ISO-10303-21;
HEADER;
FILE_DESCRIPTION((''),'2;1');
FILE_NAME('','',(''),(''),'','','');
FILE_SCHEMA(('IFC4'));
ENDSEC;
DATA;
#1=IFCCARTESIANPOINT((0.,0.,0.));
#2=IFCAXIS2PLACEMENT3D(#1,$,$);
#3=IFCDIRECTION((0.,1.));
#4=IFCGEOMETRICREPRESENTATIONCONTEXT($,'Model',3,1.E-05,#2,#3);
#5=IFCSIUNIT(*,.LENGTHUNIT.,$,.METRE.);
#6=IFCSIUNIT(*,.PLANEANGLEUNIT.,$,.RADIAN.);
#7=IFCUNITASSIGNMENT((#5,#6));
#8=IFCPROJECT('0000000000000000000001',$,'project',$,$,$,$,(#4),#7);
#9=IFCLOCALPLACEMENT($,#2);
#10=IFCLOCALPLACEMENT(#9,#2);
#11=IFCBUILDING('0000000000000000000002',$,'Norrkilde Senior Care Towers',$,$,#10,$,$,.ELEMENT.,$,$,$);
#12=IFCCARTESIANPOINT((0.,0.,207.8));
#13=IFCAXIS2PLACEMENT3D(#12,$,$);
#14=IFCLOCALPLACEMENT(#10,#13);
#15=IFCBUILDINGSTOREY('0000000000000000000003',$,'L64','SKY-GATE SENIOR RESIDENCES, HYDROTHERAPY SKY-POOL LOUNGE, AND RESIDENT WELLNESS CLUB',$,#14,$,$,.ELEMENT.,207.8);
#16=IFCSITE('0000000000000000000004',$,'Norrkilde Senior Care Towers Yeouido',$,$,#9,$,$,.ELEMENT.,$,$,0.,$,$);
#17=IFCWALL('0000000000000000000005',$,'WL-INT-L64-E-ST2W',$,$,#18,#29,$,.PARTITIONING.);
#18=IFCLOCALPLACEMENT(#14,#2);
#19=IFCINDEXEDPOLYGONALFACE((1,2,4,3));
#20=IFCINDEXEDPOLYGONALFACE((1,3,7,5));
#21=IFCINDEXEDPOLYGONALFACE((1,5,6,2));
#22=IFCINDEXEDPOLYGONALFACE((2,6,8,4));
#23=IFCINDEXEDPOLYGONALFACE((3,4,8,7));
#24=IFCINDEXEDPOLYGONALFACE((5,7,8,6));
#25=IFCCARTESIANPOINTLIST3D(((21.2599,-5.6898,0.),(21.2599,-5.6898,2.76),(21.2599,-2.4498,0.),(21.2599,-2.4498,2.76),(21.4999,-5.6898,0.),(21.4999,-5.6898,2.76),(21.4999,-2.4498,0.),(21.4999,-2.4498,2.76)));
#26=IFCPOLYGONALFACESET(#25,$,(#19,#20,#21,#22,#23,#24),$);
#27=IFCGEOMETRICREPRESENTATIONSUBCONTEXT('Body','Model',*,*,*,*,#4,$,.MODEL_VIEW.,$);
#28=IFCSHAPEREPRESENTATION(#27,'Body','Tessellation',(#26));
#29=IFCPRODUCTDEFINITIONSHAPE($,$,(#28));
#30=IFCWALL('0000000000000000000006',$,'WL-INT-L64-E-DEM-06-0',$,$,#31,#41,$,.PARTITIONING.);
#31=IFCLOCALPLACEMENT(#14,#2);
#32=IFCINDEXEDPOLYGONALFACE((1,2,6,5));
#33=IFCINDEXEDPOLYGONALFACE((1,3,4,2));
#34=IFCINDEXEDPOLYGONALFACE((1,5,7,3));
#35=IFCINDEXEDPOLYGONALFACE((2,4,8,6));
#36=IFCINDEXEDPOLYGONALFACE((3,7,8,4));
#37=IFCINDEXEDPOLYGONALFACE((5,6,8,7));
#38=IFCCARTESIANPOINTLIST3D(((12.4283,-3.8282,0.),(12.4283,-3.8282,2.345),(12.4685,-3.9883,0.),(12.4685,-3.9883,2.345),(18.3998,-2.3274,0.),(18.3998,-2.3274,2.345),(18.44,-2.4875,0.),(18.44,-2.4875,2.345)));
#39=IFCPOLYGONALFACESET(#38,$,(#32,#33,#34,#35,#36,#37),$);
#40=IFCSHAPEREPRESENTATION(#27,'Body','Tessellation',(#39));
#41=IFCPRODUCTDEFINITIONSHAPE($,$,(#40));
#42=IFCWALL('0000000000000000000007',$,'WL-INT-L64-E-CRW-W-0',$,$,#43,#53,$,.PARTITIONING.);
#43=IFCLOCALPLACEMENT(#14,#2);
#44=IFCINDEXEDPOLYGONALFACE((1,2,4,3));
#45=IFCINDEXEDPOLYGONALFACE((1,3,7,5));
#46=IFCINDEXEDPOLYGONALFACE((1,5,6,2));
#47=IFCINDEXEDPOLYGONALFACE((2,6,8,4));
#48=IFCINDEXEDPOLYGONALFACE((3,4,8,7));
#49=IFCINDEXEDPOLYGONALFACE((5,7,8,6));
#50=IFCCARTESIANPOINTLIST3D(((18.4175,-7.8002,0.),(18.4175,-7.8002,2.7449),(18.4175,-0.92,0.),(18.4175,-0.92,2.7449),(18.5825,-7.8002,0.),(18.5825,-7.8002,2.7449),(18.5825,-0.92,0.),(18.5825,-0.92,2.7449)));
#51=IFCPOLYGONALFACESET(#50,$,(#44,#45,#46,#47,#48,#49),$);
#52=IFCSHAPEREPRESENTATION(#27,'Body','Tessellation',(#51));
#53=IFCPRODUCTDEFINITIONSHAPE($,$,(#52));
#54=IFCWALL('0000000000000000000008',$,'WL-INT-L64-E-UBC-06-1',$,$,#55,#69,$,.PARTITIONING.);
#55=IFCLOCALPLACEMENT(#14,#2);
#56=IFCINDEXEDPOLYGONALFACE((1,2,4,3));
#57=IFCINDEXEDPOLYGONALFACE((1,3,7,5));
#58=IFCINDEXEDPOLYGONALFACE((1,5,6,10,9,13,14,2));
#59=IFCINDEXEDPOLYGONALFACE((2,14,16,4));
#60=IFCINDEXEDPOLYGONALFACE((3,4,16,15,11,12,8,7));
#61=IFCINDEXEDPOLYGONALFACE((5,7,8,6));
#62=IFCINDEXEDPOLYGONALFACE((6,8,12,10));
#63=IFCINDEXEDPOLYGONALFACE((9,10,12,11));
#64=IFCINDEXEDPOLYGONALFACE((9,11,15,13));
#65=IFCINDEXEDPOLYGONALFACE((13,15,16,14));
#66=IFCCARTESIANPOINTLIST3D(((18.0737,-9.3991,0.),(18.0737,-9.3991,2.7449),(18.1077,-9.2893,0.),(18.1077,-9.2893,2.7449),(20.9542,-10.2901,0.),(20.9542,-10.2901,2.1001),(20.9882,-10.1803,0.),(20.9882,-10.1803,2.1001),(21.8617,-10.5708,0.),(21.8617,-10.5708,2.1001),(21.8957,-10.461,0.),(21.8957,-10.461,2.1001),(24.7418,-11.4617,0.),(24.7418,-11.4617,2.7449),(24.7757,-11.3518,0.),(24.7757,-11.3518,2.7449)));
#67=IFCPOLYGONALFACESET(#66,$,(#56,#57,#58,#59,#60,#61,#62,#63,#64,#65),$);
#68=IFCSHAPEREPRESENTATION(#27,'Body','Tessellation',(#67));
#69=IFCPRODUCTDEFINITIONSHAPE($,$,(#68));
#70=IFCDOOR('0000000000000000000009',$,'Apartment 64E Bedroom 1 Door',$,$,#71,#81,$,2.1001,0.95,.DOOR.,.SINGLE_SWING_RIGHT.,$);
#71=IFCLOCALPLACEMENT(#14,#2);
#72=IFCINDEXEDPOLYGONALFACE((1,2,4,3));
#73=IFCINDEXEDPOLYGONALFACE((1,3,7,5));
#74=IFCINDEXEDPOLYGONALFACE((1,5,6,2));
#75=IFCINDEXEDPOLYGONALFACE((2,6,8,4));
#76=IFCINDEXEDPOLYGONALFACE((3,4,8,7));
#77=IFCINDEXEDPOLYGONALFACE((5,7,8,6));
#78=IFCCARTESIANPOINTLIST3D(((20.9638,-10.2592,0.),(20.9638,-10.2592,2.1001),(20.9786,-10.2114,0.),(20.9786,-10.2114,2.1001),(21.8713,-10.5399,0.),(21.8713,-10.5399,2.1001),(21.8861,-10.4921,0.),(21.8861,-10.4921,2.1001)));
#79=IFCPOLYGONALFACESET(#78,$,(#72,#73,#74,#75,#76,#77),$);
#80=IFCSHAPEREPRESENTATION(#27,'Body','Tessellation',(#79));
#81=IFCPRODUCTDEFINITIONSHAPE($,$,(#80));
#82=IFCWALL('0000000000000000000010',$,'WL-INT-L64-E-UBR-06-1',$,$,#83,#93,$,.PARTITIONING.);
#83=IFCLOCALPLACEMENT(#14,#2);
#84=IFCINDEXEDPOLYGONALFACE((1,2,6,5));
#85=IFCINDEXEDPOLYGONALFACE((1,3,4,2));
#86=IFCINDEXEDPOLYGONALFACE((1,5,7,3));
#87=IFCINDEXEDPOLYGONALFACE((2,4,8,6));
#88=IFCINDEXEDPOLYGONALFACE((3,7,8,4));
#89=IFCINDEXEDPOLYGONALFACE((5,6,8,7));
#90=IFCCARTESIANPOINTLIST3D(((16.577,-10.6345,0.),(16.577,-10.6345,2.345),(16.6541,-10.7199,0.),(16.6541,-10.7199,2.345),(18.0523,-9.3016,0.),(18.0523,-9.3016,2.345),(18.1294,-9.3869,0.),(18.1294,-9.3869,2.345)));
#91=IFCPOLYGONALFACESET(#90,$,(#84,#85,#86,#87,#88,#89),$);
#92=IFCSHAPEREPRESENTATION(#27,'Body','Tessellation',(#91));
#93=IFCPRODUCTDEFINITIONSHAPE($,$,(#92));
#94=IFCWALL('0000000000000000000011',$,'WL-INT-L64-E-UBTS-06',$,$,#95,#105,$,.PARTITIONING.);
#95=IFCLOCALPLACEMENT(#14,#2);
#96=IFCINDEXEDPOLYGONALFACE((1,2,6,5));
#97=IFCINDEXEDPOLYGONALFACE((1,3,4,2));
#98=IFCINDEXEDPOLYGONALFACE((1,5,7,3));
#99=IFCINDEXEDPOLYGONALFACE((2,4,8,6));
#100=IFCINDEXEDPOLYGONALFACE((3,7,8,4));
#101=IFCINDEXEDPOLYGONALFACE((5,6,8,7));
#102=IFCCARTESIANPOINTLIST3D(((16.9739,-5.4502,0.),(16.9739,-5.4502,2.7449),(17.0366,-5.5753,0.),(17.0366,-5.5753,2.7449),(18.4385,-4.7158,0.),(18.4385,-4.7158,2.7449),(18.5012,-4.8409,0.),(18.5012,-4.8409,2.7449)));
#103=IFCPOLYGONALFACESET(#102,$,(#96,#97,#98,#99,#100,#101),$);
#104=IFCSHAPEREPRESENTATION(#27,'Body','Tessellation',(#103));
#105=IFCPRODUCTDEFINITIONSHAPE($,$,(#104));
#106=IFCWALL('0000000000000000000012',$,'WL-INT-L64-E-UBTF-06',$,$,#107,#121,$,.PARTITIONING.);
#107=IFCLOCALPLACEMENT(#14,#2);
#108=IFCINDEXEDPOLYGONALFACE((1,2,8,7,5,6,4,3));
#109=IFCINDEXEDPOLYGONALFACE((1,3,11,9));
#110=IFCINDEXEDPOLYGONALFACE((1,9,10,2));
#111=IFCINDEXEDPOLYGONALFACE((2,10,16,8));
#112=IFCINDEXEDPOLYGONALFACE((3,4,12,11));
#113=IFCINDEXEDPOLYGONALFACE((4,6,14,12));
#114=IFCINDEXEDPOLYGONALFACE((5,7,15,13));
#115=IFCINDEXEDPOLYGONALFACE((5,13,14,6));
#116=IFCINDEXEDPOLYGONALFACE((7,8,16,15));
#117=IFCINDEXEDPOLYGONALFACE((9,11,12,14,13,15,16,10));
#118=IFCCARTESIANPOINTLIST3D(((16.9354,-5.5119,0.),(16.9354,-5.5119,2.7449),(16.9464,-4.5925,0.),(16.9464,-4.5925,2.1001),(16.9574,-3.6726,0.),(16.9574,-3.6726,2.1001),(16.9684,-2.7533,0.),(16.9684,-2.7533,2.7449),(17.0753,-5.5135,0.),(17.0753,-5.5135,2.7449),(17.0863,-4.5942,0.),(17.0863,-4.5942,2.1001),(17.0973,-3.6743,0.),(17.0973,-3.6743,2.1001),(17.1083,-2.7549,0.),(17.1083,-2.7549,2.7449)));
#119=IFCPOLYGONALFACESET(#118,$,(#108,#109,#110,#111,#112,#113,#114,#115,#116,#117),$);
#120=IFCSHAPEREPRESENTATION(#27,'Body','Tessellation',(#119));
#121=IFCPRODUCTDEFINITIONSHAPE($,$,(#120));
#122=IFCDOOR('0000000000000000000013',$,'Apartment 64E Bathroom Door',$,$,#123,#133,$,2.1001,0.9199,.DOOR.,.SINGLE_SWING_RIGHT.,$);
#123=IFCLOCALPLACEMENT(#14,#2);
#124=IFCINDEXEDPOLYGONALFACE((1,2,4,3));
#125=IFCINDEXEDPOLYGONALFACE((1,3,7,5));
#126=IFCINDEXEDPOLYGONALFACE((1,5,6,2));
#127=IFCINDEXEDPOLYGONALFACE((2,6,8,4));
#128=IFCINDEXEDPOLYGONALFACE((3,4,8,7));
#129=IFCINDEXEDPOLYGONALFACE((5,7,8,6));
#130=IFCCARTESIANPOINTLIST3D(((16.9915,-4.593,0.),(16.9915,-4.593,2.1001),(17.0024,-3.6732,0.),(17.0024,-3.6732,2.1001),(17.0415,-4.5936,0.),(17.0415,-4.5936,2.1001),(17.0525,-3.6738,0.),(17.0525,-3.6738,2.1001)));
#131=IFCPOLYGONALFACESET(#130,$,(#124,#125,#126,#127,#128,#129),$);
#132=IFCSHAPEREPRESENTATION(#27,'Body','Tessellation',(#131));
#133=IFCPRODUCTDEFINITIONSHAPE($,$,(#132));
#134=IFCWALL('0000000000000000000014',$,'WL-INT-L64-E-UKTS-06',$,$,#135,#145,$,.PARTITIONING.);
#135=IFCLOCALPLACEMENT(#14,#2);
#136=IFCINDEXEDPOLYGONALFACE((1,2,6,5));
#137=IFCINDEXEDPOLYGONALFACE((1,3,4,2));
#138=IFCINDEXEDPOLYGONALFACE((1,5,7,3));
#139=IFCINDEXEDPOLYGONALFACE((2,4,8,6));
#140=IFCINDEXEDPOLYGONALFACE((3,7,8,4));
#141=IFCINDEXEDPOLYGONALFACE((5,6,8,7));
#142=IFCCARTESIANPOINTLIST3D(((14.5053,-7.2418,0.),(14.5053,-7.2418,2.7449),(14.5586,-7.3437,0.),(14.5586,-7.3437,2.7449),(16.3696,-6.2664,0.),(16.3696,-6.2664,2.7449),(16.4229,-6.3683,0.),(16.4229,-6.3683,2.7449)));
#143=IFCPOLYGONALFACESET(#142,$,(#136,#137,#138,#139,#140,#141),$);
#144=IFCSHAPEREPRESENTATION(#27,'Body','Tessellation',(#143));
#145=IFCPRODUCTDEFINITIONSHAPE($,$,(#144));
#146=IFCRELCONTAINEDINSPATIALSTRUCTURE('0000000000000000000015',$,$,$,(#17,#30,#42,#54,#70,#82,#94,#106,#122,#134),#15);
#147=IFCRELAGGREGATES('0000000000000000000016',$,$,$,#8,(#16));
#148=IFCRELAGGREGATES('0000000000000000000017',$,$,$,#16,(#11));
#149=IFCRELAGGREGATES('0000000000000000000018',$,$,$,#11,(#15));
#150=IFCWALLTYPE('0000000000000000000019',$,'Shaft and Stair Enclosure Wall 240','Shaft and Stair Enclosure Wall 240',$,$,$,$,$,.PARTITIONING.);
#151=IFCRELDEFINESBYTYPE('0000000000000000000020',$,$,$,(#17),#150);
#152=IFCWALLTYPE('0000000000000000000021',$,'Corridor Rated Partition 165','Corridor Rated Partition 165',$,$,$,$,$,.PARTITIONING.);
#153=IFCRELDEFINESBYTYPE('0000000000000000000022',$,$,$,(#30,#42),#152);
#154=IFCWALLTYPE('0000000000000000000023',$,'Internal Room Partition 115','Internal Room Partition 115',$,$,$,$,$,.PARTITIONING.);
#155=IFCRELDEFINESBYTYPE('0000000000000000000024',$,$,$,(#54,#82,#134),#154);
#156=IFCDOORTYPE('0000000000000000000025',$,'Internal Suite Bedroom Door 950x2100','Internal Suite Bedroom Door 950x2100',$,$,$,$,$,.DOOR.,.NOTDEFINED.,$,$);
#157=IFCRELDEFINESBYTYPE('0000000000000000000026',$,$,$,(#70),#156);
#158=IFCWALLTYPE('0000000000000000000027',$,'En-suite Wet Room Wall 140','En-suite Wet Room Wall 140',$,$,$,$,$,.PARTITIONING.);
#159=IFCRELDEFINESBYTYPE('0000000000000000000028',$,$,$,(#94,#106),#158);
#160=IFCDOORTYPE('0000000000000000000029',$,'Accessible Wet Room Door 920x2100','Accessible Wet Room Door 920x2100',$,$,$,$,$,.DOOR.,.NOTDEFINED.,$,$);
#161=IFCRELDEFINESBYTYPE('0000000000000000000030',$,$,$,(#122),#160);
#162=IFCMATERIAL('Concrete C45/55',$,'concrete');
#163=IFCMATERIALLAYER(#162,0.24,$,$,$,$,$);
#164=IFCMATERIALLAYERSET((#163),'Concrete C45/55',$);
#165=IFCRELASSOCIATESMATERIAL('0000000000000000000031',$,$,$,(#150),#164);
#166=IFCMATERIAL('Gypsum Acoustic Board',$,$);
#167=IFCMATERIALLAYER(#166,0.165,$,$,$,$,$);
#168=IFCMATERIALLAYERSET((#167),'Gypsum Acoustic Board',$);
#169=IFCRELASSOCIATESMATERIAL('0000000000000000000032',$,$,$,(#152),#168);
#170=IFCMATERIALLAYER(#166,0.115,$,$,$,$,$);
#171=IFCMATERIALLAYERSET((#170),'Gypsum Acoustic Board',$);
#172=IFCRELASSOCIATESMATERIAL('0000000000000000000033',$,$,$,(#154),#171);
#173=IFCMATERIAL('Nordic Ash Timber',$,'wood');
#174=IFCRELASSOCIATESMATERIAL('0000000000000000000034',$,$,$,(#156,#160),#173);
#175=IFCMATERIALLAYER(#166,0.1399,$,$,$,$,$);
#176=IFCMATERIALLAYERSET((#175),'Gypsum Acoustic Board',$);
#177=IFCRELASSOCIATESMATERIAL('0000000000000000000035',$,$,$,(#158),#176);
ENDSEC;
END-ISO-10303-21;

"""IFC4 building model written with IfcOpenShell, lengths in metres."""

from ifc_helpers import new_model, si_unit, direction, frame, frame_2d, origin, place, context, subcontext, project, spatial, rectangle, extrude, source, transform, mapped, material, layer, layer_set, type_object, type_shapes, element, fill, save


model = new_model("IFC4")

# Units and contexts
model_context = context("Model", 3, precision=1e-05, world=origin(), true_north=direction((0.0, 1.0)))
body_context = subcontext(model_context, "Body", "Model", "MODEL_VIEW")
ifc_project = project(units=[si_unit("LENGTHUNIT", "METRE"), si_unit("PLANEANGLEUNIT", "RADIAN")], contexts=[model_context])

# Site, building, storey
site_placement = place(None, origin())
site = spatial("IfcSite", under=ifc_project, at=site_placement, Name="Norrkilde Senior Care Towers Yeouido", CompositionType="ELEMENT", RefElevation=0.0)
building_placement = place(site_placement, origin())
building = spatial("IfcBuilding", under=site, at=building_placement, Name="Norrkilde Senior Care Towers", CompositionType="ELEMENT")
storey_placement = place(building_placement, frame((0.0, 0.0, 207.8)))
storey = spatial("IfcBuildingStorey", under=building, at=storey_placement, Name="L64", Description="SKY-GATE SENIOR RESIDENCES, HYDROTHERAPY SKY-POOL LOUNGE, AND RESIDENT WELLNESS CLUB", CompositionType="ELEMENT", Elevation=207.8)

# Walls
ifc_material_1 = material(Name="Concrete C45/55", Category="concrete")
ifc_layer_1 = layer(ifc_material_1, 0.24)
ifc_layer_set_1 = layer_set([ifc_layer_1], Name="Concrete C45/55")
wall_type_1 = type_object("IfcWallType", Name="Shaft and Stair Enclosure Wall 240", Description="Shaft and Stair Enclosure Wall 240", PredefinedType="PARTITIONING", material=ifc_layer_set_1)
shared_shape_1 = source(origin(), body_context, "Body", "SweptSolid", [
    extrude(rectangle(XDim=3.24, YDim=0.24, at=frame_2d((1.6201, 0.0))), origin(), (0.0, 0.0, 1.0), 2.76),
])
type_shapes(wall_type_1, [shared_shape_1])
wall_1_placement = place(storey_placement, frame((21.3799, -5.6899, 0.0), z_axis=(0.0, 0.0, 1.0), x_axis=(0.0, 1.0, 0.0)))
element("IfcWall", 1, at=wall_1_placement, inside=storey, type_object=wall_type_1, Name="WL-INT-L64-E-ST2W", PredefinedType="PARTITIONING", context=body_context, shape_type="MappedRepresentation", body=[
    mapped(shared_shape_1, transform((0.0, 0.0, 0.0), x_axis=(1.0, 0.0, 0.0), y_axis=(0.0, 1.0, 0.0), z_axis=(0.0, 0.0, 1.0), scale=1.0)),
])
ifc_material_2 = material(Name="Gypsum Acoustic Board")
ifc_layer_2 = layer(ifc_material_2, 0.165)
ifc_layer_set_2 = layer_set([ifc_layer_2], Name="Gypsum Acoustic Board")
wall_type_2 = type_object("IfcWallType", Name="Corridor Rated Partition 165", Description="Corridor Rated Partition 165", PredefinedType="PARTITIONING", material=ifc_layer_set_2)
shared_shape_2 = source(origin(), body_context, "Body", "SweptSolid", [
    extrude(rectangle(XDim=6.1572, YDim=0.165, at=frame_2d((3.0786, 0.0))), origin(), (0.0, 0.0, 1.0), 2.345),
])
wall_2_placement = place(storey_placement, frame((18.4199, -2.4075, 0.0), z_axis=(0.0, 0.0, 1.0), x_axis=(-0.969841, -0.243739, 0.0)))
element("IfcWall", 2, at=wall_2_placement, inside=storey, type_object=wall_type_2, Name="WL-INT-L64-E-DEM-06-0", PredefinedType="PARTITIONING", context=body_context, shape_type="MappedRepresentation", body=[
    mapped(shared_shape_2, transform((0.0, 0.0, 0.0), x_axis=(1.0, 0.0, 0.0), y_axis=(0.0, 1.0, 0.0), z_axis=(0.0, 0.0, 1.0), scale=1.0)),
])
shared_shape_3 = source(origin(), body_context, "Body", "SweptSolid", [
    extrude(rectangle(XDim=6.8801, YDim=0.165, at=frame_2d((3.4399, 0.0))), origin(), (0.0, 0.0, 1.0), 2.7449),
])
type_shapes(wall_type_2, [shared_shape_2, shared_shape_3])
wall_3_placement = place(storey_placement, frame((18.5, -7.8, 0.0), z_axis=(0.0, 0.0, 1.0), x_axis=(0.0, 1.0, 0.0)))
element("IfcWall", 3, at=wall_3_placement, inside=storey, type_object=wall_type_2, Name="WL-INT-L64-E-CRW-W-0", PredefinedType="PARTITIONING", context=body_context, shape_type="MappedRepresentation", body=[
    mapped(shared_shape_3, transform((0.0, 0.0, 0.0), x_axis=(1.0, 0.0, 0.0), y_axis=(0.0, 1.0, 0.0), z_axis=(0.0, 0.0, 1.0), scale=1.0)),
])

# Wall, opening, door
ifc_layer_3 = layer(ifc_material_2, 0.115)
ifc_layer_set_3 = layer_set([ifc_layer_3], Name="Gypsum Acoustic Board")
wall_type_3 = type_object("IfcWallType", Name="Internal Room Partition 115", Description="Internal Room Partition 115", PredefinedType="PARTITIONING", material=ifc_layer_set_3)
shared_shape_4 = source(origin(), body_context, "Body", "SweptSolid", [
    extrude(rectangle(XDim=6.9797, YDim=0.115, at=frame_2d((3.4897, 0.0))), origin(), (0.0, 0.0, 1.0), 2.7449),
])
wall_4_placement = place(storey_placement, frame((18.0908, -9.3442, 0.0), z_axis=(0.0, 0.0, 1.0), x_axis=(0.955342, -0.295501, 0.0)))
wall_4 = element("IfcWall", 4, at=wall_4_placement, inside=storey, type_object=wall_type_3, Name="WL-INT-L64-E-UBC-06-1", PredefinedType="PARTITIONING", context=body_context, shape_type="MappedRepresentation", body=[
    mapped(shared_shape_4, transform((0.0, 0.0, 0.0), x_axis=(1.0, 0.0, 0.0), y_axis=(0.0, 1.0, 0.0), z_axis=(0.0, 0.0, 1.0), scale=1.0)),
])
opening_1_placement = place(wall_4_placement, frame((3.0149, 0.0, 0.0)))
opening_1 = element("IfcOpeningElement", 5, at=opening_1_placement, cuts=wall_4, PredefinedType="OPENING", context=body_context, shape_type="SweptSolid", body=[
    extrude(rectangle(XDim=0.95, YDim=2.1001, at=frame_2d((0.4751, 1.05))), frame((0.0, 0.0674, 0.0), z_axis=(0.0, -1.0, 0.0), x_axis=(1.0, 0.0, 0.0)), (0.0, 0.0, 1.0), 0.135),
])
ifc_material_3 = material(Name="Nordic Ash Timber", Category="wood")
door_type_1 = type_object("IfcDoorType", Name="Internal Suite Bedroom Door 950x2100", Description="Internal Suite Bedroom Door 950x2100", OperationType="NOTDEFINED", PredefinedType="DOOR", material=ifc_material_3)
shared_shape_5 = source(origin(), body_context, "Body", "SweptSolid", [
    extrude(rectangle(XDim=0.95, YDim=2.1001, at=frame_2d((0.4751, 1.05))), frame((0.0, 0.0249, 0.0), z_axis=(0.0, -1.0, 0.0), x_axis=(1.0, 0.0, 0.0)), (0.0, 0.0, 1.0), 0.05),
])
type_shapes(door_type_1, [shared_shape_5])
door_1_placement = place(opening_1_placement, origin())
door_1 = element("IfcDoor", 6, at=door_1_placement, inside=storey, type_object=door_type_1, Name="Apartment 64E Bedroom 1 Door", OperationType="SINGLE_SWING_RIGHT", OverallHeight=2.1001, OverallWidth=0.95, PredefinedType="DOOR", context=body_context, shape_type="MappedRepresentation", body=[
    mapped(shared_shape_5, transform((0.0, 0.0, 0.0), x_axis=(1.0, 0.0, 0.0), y_axis=(0.0, 1.0, 0.0), z_axis=(0.0, 0.0, 1.0), scale=1.0)),
])
fill(opening_1, door_1)

# Walls
shared_shape_6 = source(origin(), body_context, "Body", "SweptSolid", [
    extrude(rectangle(XDim=1.9883, YDim=0.115, at=frame_2d((0.9941, 0.0))), origin(), (0.0, 0.0, 1.0), 2.345),
])
wall_5_placement = place(storey_placement, frame((18.0908, -9.3442, 0.0), z_axis=(0.0, 0.0, 1.0), x_axis=(-0.741992, -0.670408, 0.0)))
element("IfcWall", 7, at=wall_5_placement, inside=storey, type_object=wall_type_3, Name="WL-INT-L64-E-UBR-06-1", PredefinedType="PARTITIONING", context=body_context, shape_type="MappedRepresentation", body=[
    mapped(shared_shape_6, transform((0.0, 0.0, 0.0), x_axis=(1.0, 0.0, 0.0), y_axis=(0.0, 1.0, 0.0), z_axis=(0.0, 0.0, 1.0), scale=1.0)),
])
ifc_layer_4 = layer(ifc_material_2, 0.1399)
ifc_layer_set_4 = layer_set([ifc_layer_4], Name="Gypsum Acoustic Board")
wall_type_4 = type_object("IfcWallType", Name="En-suite Wet Room Wall 140", Description="En-suite Wet Room Wall 140", PredefinedType="PARTITIONING", material=ifc_layer_set_4)
shared_shape_7 = source(origin(), body_context, "Body", "SweptSolid", [
    extrude(rectangle(XDim=1.6384, YDim=0.1399, at=frame_2d((0.8193, 0.0))), origin(), (0.0, 0.0, 1.0), 2.7449),
])
wall_6_placement = place(storey_placement, frame((18.47, -4.7783, 0.0), z_axis=(0.0, 0.0, 1.0), x_axis=(-0.89392, -0.448227, 0.0)))
element("IfcWall", 8, at=wall_6_placement, inside=storey, type_object=wall_type_4, Name="WL-INT-L64-E-UBTS-06", PredefinedType="PARTITIONING", context=body_context, shape_type="MappedRepresentation", body=[
    mapped(shared_shape_7, transform((0.0, 0.0, 0.0), x_axis=(1.0, 0.0, 0.0), y_axis=(0.0, 1.0, 0.0), z_axis=(0.0, 0.0, 1.0), scale=1.0)),
])

# Wall, opening, door
shared_shape_8 = source(origin(), body_context, "Body", "SweptSolid", [
    extrude(rectangle(XDim=2.7588, YDim=0.1399, at=frame_2d((1.3794, 0.0))), origin(), (0.0, 0.0, 1.0), 2.7449),
])
type_shapes(wall_type_4, [shared_shape_7, shared_shape_8])
wall_7_placement = place(storey_placement, frame((17.0054, -5.5127, 0.0), z_axis=(0.0, 0.0, 1.0), x_axis=(0.011947, 0.999929, 0.0)))
wall_7 = element("IfcWall", 9, at=wall_7_placement, inside=storey, type_object=wall_type_4, Name="WL-INT-L64-E-UBTF-06", PredefinedType="PARTITIONING", context=body_context, shape_type="MappedRepresentation", body=[
    mapped(shared_shape_8, transform((0.0, 0.0, 0.0), x_axis=(1.0, 0.0, 0.0), y_axis=(0.0, 1.0, 0.0), z_axis=(0.0, 0.0, 1.0), scale=1.0)),
])
opening_2_placement = place(wall_7_placement, frame((0.9194, 0.0, 0.0)))
opening_2 = element("IfcOpeningElement", 10, at=opening_2_placement, cuts=wall_7, PredefinedType="OPENING", context=body_context, shape_type="SweptSolid", body=[
    extrude(rectangle(XDim=0.9199, YDim=2.1001, at=frame_2d((0.46, 1.05))), frame((0.0, 0.0798, 0.0), z_axis=(0.0, -1.0, 0.0), x_axis=(1.0, 0.0, 0.0)), (0.0, 0.0, 1.0), 0.1599),
])
door_type_2 = type_object("IfcDoorType", Name="Accessible Wet Room Door 920x2100", Description="Accessible Wet Room Door 920x2100", OperationType="NOTDEFINED", PredefinedType="DOOR", material=ifc_material_3)
shared_shape_9 = source(origin(), body_context, "Body", "SweptSolid", [
    extrude(rectangle(XDim=0.9199, YDim=2.1001, at=frame_2d((0.46, 1.05))), frame((0.0, 0.0249, 0.0), z_axis=(0.0, -1.0, 0.0), x_axis=(1.0, 0.0, 0.0)), (0.0, 0.0, 1.0), 0.05),
])
type_shapes(door_type_2, [shared_shape_9])
door_2_placement = place(opening_2_placement, origin())
door_2 = element("IfcDoor", 11, at=door_2_placement, inside=storey, type_object=door_type_2, Name="Apartment 64E Bathroom Door", OperationType="SINGLE_SWING_RIGHT", OverallHeight=2.1001, OverallWidth=0.9199, PredefinedType="DOOR", context=body_context, shape_type="MappedRepresentation", body=[
    mapped(shared_shape_9, transform((0.0, 0.0, 0.0), x_axis=(1.0, 0.0, 0.0), y_axis=(0.0, 1.0, 0.0), z_axis=(0.0, 0.0, 1.0), scale=1.0)),
])
fill(opening_2, door_2)

# Wall
shared_shape_10 = source(origin(), body_context, "Body", "SweptSolid", [
    extrude(rectangle(XDim=2.104, YDim=0.115, at=frame_2d((1.052, 0.0))), origin(), (0.0, 0.0, 1.0), 2.7449),
])
wall_8_placement = place(storey_placement, frame((16.3962, -6.3174, 0.0), z_axis=(0.0, 0.0, 1.0), x_axis=(-0.886061, -0.463569, 0.0)))
element("IfcWall", 12, at=wall_8_placement, inside=storey, type_object=wall_type_3, Name="WL-INT-L64-E-UKTS-06", PredefinedType="PARTITIONING", context=body_context, shape_type="MappedRepresentation", body=[
    mapped(shared_shape_10, transform((0.0, 0.0, 0.0), x_axis=(1.0, 0.0, 0.0), y_axis=(0.0, 1.0, 0.0), z_axis=(0.0, 0.0, 1.0), scale=1.0)),
])

save(model, "model.ifc")
